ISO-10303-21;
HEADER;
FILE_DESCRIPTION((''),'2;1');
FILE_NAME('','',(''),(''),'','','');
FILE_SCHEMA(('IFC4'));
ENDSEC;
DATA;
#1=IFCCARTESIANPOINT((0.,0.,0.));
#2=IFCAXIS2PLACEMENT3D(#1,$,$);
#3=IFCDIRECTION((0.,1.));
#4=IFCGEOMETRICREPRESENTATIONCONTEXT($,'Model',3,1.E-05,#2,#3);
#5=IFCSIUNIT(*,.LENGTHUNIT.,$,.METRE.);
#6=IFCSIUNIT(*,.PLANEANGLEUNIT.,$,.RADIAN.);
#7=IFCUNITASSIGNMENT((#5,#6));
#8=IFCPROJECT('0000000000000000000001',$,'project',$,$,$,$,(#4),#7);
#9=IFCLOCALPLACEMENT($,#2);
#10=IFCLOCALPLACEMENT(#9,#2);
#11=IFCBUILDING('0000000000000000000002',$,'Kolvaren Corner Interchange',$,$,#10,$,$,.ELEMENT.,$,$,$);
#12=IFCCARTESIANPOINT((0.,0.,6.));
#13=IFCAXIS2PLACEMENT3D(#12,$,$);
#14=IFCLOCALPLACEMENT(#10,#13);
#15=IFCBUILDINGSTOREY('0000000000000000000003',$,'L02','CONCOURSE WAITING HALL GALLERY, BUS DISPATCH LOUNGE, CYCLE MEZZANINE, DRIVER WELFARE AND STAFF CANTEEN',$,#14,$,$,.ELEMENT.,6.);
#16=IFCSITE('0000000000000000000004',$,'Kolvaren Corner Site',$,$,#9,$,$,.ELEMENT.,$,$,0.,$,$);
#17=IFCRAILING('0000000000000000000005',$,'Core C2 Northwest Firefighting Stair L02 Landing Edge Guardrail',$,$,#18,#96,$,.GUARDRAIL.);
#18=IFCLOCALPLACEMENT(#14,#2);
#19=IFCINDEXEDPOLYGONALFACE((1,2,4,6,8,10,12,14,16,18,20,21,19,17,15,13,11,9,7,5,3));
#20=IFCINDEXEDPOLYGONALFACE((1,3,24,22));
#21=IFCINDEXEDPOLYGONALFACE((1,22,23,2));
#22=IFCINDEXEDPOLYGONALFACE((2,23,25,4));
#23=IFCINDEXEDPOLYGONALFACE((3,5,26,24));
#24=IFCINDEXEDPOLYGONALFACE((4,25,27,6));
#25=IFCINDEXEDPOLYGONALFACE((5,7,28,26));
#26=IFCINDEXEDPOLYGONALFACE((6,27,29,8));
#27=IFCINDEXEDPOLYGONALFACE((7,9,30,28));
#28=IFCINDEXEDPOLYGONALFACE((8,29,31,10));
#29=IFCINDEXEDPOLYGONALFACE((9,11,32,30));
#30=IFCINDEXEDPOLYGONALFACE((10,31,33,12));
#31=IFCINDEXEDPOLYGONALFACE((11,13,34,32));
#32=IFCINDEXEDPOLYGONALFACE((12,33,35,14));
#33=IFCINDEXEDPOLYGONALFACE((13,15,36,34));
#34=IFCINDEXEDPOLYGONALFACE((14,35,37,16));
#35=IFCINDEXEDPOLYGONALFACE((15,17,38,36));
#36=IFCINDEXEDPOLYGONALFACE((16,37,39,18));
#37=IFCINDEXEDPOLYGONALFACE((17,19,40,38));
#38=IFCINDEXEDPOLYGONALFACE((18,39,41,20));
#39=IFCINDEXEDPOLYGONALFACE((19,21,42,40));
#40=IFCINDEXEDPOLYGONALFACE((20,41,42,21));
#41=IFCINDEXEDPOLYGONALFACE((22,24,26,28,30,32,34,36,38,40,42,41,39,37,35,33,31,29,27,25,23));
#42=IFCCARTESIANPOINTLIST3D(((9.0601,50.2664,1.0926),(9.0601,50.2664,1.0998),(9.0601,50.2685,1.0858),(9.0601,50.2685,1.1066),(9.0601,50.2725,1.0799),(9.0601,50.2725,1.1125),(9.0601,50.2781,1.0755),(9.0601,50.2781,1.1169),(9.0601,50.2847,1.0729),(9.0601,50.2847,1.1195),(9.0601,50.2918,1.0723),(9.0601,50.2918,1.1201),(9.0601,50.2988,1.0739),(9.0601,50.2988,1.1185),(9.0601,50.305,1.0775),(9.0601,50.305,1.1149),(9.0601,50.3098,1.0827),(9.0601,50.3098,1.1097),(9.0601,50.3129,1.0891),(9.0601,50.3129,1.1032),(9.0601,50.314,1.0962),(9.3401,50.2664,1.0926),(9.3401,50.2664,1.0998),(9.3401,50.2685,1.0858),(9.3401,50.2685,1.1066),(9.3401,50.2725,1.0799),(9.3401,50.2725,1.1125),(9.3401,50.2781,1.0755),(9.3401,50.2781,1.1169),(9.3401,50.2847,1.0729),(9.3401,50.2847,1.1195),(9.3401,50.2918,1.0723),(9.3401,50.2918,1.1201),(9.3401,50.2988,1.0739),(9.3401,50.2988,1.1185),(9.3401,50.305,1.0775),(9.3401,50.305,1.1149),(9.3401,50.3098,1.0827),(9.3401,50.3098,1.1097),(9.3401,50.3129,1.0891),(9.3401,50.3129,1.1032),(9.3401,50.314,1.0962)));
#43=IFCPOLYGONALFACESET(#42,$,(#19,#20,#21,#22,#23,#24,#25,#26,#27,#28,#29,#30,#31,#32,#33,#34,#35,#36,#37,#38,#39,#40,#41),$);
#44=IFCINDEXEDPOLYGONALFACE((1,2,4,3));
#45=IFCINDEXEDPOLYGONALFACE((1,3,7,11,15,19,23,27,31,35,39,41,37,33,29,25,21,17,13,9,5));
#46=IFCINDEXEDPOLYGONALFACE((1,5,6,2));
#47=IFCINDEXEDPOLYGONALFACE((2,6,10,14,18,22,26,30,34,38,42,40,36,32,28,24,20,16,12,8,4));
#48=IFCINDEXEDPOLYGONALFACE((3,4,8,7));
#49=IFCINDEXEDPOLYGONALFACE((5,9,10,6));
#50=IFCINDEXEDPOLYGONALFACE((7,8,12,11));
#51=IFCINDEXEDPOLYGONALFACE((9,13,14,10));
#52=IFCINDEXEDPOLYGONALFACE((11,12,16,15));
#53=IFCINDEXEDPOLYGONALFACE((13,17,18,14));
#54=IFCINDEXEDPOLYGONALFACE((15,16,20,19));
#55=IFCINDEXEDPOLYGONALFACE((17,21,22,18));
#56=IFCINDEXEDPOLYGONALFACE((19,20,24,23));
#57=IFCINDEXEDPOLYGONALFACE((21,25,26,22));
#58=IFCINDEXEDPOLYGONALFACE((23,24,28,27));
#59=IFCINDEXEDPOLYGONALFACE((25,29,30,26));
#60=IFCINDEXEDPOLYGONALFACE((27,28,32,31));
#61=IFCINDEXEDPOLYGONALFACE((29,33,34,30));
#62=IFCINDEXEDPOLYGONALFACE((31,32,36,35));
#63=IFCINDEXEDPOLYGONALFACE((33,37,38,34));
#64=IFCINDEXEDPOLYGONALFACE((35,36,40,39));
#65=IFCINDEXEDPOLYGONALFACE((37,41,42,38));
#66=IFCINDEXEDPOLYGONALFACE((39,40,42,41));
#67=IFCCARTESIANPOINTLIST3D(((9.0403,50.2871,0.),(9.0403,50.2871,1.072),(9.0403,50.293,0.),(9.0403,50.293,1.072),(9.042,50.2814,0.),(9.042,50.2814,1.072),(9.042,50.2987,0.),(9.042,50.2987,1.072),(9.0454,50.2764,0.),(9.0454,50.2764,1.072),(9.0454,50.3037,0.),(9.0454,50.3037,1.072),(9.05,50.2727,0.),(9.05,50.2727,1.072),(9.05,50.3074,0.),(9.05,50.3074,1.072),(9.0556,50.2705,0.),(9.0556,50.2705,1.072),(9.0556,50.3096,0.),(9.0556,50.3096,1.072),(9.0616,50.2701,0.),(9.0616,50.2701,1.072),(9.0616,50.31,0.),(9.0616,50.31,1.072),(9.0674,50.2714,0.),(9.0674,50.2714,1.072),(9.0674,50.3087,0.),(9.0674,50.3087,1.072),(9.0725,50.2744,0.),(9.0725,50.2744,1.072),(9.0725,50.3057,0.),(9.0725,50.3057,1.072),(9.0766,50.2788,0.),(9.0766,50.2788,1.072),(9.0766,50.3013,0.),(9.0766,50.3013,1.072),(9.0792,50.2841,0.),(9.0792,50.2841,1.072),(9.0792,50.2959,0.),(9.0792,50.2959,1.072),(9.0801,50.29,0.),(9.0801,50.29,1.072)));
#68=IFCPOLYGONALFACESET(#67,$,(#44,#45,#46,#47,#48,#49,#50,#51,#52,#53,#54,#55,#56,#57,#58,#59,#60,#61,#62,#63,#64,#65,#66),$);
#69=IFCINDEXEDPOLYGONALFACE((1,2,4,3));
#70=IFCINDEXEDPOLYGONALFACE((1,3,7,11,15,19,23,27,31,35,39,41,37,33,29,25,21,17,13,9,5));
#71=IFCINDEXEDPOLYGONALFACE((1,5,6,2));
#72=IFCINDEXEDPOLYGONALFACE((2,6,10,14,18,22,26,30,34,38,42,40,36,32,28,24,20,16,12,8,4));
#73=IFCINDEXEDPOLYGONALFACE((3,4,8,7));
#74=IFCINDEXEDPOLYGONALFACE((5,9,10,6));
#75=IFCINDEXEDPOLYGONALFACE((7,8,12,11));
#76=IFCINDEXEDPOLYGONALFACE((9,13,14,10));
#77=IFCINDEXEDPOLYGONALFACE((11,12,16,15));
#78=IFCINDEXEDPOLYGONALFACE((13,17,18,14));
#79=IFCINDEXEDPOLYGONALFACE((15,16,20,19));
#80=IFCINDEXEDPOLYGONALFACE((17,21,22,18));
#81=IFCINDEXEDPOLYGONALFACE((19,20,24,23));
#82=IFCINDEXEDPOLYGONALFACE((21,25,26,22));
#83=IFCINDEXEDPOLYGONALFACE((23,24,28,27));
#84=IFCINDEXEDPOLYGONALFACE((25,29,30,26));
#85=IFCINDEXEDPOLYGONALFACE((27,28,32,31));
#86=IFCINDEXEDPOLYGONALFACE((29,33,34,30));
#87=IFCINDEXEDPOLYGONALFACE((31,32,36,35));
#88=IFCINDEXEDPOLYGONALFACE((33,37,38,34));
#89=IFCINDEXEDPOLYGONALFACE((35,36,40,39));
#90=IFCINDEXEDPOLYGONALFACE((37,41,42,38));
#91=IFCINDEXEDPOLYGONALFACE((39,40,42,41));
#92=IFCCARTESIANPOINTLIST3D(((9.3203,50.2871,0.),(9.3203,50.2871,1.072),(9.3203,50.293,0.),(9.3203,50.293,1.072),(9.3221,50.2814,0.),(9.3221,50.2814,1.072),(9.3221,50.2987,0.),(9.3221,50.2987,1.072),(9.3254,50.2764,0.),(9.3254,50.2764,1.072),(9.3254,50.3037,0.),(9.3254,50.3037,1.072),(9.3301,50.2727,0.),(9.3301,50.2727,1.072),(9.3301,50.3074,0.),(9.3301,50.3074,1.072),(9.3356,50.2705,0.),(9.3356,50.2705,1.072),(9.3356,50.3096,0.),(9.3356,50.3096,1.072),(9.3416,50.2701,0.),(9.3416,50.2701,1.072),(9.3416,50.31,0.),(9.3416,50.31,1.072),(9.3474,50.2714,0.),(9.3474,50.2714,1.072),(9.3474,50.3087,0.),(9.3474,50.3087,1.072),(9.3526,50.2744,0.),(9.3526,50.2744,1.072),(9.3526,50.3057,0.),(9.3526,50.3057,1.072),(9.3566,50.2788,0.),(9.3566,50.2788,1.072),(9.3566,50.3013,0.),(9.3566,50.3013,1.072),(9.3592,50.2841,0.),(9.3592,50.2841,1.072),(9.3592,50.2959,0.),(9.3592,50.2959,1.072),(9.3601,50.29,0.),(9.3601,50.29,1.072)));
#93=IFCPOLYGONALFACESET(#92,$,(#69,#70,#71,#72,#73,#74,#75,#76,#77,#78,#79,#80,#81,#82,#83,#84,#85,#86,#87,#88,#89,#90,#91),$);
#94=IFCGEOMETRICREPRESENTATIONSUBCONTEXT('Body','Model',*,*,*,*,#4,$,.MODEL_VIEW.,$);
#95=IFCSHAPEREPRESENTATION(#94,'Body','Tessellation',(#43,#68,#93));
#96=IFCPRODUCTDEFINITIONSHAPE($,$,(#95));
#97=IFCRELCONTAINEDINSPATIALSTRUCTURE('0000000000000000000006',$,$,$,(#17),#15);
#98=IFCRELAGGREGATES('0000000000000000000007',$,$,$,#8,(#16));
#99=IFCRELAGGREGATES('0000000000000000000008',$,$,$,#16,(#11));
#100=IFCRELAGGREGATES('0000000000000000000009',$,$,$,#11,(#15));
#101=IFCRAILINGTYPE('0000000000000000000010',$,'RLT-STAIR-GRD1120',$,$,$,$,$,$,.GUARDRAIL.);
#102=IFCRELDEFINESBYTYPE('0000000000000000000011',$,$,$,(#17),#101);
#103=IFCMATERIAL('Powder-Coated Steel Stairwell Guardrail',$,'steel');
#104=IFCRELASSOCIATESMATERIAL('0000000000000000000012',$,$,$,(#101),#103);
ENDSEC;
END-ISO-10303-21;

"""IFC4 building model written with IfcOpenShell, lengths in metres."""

from ifc_helpers import new_model, si_unit, direction, frame, origin, origin_2d, place, context, subcontext, project, spatial, circle, extrude, material, type_object, element, save


model = new_model("IFC4")

# Units and contexts
model_context = context("Model", 3, precision=1e-05, world=origin(), true_north=direction((0.0, 1.0)))
body_context = subcontext(model_context, "Body", "Model", "MODEL_VIEW")
ifc_project = project(units=[si_unit("LENGTHUNIT", "METRE"), si_unit("PLANEANGLEUNIT", "RADIAN")], contexts=[model_context])

# Site, building, storey
site_placement = place(None, origin())
site = spatial("IfcSite", under=ifc_project, at=site_placement, Name="Kolvaren Corner Site", CompositionType="ELEMENT", RefElevation=0.0)
building_placement = place(site_placement, origin())
building = spatial("IfcBuilding", under=site, at=building_placement, Name="Kolvaren Corner Interchange", CompositionType="ELEMENT")
storey_placement = place(building_placement, frame((0.0, 0.0, 6.0)))
storey = spatial("IfcBuildingStorey", under=building, at=storey_placement, Name="L02", Description="CONCOURSE WAITING HALL GALLERY, BUS DISPATCH LOUNGE, CYCLE MEZZANINE, DRIVER WELFARE AND STAFF CANTEEN", CompositionType="ELEMENT", Elevation=6.0)

# Railing
ifc_material_1 = material(Name="Powder-Coated Steel Stairwell Guardrail", Category="steel")
railing_type_1 = type_object("IfcRailingType", Name="RLT-STAIR-GRD1120", PredefinedType="GUARDRAIL", material=ifc_material_1)
railing_1_placement = place(storey_placement, frame((9.0601, 50.29, 0.0)))
element("IfcRailing", 1, at=railing_1_placement, inside=storey, type_object=railing_type_1, Name="Core C2 Northwest Firefighting Stair L02 Landing Edge Guardrail", PredefinedType="GUARDRAIL", context=body_context, shape_type="SweptSolid", body=[
    extrude(circle(Radius=0.0239, at=origin_2d()), frame((0.0, 0.0, 1.0962), z_axis=(1.0, 0.0, 0.0), x_axis=(0.0, 1.0, 0.0)), (0.0, 0.0, 1.0), 0.28),
    extrude(circle(Radius=0.02, at=origin_2d()), origin(), (0.0, 0.0, 1.0), 1.072),
    extrude(circle(Radius=0.02, at=origin_2d()), frame((0.28, 0.0, 0.0)), (0.0, 0.0, 1.0), 1.072),
])

save(model, "model.ifc")
